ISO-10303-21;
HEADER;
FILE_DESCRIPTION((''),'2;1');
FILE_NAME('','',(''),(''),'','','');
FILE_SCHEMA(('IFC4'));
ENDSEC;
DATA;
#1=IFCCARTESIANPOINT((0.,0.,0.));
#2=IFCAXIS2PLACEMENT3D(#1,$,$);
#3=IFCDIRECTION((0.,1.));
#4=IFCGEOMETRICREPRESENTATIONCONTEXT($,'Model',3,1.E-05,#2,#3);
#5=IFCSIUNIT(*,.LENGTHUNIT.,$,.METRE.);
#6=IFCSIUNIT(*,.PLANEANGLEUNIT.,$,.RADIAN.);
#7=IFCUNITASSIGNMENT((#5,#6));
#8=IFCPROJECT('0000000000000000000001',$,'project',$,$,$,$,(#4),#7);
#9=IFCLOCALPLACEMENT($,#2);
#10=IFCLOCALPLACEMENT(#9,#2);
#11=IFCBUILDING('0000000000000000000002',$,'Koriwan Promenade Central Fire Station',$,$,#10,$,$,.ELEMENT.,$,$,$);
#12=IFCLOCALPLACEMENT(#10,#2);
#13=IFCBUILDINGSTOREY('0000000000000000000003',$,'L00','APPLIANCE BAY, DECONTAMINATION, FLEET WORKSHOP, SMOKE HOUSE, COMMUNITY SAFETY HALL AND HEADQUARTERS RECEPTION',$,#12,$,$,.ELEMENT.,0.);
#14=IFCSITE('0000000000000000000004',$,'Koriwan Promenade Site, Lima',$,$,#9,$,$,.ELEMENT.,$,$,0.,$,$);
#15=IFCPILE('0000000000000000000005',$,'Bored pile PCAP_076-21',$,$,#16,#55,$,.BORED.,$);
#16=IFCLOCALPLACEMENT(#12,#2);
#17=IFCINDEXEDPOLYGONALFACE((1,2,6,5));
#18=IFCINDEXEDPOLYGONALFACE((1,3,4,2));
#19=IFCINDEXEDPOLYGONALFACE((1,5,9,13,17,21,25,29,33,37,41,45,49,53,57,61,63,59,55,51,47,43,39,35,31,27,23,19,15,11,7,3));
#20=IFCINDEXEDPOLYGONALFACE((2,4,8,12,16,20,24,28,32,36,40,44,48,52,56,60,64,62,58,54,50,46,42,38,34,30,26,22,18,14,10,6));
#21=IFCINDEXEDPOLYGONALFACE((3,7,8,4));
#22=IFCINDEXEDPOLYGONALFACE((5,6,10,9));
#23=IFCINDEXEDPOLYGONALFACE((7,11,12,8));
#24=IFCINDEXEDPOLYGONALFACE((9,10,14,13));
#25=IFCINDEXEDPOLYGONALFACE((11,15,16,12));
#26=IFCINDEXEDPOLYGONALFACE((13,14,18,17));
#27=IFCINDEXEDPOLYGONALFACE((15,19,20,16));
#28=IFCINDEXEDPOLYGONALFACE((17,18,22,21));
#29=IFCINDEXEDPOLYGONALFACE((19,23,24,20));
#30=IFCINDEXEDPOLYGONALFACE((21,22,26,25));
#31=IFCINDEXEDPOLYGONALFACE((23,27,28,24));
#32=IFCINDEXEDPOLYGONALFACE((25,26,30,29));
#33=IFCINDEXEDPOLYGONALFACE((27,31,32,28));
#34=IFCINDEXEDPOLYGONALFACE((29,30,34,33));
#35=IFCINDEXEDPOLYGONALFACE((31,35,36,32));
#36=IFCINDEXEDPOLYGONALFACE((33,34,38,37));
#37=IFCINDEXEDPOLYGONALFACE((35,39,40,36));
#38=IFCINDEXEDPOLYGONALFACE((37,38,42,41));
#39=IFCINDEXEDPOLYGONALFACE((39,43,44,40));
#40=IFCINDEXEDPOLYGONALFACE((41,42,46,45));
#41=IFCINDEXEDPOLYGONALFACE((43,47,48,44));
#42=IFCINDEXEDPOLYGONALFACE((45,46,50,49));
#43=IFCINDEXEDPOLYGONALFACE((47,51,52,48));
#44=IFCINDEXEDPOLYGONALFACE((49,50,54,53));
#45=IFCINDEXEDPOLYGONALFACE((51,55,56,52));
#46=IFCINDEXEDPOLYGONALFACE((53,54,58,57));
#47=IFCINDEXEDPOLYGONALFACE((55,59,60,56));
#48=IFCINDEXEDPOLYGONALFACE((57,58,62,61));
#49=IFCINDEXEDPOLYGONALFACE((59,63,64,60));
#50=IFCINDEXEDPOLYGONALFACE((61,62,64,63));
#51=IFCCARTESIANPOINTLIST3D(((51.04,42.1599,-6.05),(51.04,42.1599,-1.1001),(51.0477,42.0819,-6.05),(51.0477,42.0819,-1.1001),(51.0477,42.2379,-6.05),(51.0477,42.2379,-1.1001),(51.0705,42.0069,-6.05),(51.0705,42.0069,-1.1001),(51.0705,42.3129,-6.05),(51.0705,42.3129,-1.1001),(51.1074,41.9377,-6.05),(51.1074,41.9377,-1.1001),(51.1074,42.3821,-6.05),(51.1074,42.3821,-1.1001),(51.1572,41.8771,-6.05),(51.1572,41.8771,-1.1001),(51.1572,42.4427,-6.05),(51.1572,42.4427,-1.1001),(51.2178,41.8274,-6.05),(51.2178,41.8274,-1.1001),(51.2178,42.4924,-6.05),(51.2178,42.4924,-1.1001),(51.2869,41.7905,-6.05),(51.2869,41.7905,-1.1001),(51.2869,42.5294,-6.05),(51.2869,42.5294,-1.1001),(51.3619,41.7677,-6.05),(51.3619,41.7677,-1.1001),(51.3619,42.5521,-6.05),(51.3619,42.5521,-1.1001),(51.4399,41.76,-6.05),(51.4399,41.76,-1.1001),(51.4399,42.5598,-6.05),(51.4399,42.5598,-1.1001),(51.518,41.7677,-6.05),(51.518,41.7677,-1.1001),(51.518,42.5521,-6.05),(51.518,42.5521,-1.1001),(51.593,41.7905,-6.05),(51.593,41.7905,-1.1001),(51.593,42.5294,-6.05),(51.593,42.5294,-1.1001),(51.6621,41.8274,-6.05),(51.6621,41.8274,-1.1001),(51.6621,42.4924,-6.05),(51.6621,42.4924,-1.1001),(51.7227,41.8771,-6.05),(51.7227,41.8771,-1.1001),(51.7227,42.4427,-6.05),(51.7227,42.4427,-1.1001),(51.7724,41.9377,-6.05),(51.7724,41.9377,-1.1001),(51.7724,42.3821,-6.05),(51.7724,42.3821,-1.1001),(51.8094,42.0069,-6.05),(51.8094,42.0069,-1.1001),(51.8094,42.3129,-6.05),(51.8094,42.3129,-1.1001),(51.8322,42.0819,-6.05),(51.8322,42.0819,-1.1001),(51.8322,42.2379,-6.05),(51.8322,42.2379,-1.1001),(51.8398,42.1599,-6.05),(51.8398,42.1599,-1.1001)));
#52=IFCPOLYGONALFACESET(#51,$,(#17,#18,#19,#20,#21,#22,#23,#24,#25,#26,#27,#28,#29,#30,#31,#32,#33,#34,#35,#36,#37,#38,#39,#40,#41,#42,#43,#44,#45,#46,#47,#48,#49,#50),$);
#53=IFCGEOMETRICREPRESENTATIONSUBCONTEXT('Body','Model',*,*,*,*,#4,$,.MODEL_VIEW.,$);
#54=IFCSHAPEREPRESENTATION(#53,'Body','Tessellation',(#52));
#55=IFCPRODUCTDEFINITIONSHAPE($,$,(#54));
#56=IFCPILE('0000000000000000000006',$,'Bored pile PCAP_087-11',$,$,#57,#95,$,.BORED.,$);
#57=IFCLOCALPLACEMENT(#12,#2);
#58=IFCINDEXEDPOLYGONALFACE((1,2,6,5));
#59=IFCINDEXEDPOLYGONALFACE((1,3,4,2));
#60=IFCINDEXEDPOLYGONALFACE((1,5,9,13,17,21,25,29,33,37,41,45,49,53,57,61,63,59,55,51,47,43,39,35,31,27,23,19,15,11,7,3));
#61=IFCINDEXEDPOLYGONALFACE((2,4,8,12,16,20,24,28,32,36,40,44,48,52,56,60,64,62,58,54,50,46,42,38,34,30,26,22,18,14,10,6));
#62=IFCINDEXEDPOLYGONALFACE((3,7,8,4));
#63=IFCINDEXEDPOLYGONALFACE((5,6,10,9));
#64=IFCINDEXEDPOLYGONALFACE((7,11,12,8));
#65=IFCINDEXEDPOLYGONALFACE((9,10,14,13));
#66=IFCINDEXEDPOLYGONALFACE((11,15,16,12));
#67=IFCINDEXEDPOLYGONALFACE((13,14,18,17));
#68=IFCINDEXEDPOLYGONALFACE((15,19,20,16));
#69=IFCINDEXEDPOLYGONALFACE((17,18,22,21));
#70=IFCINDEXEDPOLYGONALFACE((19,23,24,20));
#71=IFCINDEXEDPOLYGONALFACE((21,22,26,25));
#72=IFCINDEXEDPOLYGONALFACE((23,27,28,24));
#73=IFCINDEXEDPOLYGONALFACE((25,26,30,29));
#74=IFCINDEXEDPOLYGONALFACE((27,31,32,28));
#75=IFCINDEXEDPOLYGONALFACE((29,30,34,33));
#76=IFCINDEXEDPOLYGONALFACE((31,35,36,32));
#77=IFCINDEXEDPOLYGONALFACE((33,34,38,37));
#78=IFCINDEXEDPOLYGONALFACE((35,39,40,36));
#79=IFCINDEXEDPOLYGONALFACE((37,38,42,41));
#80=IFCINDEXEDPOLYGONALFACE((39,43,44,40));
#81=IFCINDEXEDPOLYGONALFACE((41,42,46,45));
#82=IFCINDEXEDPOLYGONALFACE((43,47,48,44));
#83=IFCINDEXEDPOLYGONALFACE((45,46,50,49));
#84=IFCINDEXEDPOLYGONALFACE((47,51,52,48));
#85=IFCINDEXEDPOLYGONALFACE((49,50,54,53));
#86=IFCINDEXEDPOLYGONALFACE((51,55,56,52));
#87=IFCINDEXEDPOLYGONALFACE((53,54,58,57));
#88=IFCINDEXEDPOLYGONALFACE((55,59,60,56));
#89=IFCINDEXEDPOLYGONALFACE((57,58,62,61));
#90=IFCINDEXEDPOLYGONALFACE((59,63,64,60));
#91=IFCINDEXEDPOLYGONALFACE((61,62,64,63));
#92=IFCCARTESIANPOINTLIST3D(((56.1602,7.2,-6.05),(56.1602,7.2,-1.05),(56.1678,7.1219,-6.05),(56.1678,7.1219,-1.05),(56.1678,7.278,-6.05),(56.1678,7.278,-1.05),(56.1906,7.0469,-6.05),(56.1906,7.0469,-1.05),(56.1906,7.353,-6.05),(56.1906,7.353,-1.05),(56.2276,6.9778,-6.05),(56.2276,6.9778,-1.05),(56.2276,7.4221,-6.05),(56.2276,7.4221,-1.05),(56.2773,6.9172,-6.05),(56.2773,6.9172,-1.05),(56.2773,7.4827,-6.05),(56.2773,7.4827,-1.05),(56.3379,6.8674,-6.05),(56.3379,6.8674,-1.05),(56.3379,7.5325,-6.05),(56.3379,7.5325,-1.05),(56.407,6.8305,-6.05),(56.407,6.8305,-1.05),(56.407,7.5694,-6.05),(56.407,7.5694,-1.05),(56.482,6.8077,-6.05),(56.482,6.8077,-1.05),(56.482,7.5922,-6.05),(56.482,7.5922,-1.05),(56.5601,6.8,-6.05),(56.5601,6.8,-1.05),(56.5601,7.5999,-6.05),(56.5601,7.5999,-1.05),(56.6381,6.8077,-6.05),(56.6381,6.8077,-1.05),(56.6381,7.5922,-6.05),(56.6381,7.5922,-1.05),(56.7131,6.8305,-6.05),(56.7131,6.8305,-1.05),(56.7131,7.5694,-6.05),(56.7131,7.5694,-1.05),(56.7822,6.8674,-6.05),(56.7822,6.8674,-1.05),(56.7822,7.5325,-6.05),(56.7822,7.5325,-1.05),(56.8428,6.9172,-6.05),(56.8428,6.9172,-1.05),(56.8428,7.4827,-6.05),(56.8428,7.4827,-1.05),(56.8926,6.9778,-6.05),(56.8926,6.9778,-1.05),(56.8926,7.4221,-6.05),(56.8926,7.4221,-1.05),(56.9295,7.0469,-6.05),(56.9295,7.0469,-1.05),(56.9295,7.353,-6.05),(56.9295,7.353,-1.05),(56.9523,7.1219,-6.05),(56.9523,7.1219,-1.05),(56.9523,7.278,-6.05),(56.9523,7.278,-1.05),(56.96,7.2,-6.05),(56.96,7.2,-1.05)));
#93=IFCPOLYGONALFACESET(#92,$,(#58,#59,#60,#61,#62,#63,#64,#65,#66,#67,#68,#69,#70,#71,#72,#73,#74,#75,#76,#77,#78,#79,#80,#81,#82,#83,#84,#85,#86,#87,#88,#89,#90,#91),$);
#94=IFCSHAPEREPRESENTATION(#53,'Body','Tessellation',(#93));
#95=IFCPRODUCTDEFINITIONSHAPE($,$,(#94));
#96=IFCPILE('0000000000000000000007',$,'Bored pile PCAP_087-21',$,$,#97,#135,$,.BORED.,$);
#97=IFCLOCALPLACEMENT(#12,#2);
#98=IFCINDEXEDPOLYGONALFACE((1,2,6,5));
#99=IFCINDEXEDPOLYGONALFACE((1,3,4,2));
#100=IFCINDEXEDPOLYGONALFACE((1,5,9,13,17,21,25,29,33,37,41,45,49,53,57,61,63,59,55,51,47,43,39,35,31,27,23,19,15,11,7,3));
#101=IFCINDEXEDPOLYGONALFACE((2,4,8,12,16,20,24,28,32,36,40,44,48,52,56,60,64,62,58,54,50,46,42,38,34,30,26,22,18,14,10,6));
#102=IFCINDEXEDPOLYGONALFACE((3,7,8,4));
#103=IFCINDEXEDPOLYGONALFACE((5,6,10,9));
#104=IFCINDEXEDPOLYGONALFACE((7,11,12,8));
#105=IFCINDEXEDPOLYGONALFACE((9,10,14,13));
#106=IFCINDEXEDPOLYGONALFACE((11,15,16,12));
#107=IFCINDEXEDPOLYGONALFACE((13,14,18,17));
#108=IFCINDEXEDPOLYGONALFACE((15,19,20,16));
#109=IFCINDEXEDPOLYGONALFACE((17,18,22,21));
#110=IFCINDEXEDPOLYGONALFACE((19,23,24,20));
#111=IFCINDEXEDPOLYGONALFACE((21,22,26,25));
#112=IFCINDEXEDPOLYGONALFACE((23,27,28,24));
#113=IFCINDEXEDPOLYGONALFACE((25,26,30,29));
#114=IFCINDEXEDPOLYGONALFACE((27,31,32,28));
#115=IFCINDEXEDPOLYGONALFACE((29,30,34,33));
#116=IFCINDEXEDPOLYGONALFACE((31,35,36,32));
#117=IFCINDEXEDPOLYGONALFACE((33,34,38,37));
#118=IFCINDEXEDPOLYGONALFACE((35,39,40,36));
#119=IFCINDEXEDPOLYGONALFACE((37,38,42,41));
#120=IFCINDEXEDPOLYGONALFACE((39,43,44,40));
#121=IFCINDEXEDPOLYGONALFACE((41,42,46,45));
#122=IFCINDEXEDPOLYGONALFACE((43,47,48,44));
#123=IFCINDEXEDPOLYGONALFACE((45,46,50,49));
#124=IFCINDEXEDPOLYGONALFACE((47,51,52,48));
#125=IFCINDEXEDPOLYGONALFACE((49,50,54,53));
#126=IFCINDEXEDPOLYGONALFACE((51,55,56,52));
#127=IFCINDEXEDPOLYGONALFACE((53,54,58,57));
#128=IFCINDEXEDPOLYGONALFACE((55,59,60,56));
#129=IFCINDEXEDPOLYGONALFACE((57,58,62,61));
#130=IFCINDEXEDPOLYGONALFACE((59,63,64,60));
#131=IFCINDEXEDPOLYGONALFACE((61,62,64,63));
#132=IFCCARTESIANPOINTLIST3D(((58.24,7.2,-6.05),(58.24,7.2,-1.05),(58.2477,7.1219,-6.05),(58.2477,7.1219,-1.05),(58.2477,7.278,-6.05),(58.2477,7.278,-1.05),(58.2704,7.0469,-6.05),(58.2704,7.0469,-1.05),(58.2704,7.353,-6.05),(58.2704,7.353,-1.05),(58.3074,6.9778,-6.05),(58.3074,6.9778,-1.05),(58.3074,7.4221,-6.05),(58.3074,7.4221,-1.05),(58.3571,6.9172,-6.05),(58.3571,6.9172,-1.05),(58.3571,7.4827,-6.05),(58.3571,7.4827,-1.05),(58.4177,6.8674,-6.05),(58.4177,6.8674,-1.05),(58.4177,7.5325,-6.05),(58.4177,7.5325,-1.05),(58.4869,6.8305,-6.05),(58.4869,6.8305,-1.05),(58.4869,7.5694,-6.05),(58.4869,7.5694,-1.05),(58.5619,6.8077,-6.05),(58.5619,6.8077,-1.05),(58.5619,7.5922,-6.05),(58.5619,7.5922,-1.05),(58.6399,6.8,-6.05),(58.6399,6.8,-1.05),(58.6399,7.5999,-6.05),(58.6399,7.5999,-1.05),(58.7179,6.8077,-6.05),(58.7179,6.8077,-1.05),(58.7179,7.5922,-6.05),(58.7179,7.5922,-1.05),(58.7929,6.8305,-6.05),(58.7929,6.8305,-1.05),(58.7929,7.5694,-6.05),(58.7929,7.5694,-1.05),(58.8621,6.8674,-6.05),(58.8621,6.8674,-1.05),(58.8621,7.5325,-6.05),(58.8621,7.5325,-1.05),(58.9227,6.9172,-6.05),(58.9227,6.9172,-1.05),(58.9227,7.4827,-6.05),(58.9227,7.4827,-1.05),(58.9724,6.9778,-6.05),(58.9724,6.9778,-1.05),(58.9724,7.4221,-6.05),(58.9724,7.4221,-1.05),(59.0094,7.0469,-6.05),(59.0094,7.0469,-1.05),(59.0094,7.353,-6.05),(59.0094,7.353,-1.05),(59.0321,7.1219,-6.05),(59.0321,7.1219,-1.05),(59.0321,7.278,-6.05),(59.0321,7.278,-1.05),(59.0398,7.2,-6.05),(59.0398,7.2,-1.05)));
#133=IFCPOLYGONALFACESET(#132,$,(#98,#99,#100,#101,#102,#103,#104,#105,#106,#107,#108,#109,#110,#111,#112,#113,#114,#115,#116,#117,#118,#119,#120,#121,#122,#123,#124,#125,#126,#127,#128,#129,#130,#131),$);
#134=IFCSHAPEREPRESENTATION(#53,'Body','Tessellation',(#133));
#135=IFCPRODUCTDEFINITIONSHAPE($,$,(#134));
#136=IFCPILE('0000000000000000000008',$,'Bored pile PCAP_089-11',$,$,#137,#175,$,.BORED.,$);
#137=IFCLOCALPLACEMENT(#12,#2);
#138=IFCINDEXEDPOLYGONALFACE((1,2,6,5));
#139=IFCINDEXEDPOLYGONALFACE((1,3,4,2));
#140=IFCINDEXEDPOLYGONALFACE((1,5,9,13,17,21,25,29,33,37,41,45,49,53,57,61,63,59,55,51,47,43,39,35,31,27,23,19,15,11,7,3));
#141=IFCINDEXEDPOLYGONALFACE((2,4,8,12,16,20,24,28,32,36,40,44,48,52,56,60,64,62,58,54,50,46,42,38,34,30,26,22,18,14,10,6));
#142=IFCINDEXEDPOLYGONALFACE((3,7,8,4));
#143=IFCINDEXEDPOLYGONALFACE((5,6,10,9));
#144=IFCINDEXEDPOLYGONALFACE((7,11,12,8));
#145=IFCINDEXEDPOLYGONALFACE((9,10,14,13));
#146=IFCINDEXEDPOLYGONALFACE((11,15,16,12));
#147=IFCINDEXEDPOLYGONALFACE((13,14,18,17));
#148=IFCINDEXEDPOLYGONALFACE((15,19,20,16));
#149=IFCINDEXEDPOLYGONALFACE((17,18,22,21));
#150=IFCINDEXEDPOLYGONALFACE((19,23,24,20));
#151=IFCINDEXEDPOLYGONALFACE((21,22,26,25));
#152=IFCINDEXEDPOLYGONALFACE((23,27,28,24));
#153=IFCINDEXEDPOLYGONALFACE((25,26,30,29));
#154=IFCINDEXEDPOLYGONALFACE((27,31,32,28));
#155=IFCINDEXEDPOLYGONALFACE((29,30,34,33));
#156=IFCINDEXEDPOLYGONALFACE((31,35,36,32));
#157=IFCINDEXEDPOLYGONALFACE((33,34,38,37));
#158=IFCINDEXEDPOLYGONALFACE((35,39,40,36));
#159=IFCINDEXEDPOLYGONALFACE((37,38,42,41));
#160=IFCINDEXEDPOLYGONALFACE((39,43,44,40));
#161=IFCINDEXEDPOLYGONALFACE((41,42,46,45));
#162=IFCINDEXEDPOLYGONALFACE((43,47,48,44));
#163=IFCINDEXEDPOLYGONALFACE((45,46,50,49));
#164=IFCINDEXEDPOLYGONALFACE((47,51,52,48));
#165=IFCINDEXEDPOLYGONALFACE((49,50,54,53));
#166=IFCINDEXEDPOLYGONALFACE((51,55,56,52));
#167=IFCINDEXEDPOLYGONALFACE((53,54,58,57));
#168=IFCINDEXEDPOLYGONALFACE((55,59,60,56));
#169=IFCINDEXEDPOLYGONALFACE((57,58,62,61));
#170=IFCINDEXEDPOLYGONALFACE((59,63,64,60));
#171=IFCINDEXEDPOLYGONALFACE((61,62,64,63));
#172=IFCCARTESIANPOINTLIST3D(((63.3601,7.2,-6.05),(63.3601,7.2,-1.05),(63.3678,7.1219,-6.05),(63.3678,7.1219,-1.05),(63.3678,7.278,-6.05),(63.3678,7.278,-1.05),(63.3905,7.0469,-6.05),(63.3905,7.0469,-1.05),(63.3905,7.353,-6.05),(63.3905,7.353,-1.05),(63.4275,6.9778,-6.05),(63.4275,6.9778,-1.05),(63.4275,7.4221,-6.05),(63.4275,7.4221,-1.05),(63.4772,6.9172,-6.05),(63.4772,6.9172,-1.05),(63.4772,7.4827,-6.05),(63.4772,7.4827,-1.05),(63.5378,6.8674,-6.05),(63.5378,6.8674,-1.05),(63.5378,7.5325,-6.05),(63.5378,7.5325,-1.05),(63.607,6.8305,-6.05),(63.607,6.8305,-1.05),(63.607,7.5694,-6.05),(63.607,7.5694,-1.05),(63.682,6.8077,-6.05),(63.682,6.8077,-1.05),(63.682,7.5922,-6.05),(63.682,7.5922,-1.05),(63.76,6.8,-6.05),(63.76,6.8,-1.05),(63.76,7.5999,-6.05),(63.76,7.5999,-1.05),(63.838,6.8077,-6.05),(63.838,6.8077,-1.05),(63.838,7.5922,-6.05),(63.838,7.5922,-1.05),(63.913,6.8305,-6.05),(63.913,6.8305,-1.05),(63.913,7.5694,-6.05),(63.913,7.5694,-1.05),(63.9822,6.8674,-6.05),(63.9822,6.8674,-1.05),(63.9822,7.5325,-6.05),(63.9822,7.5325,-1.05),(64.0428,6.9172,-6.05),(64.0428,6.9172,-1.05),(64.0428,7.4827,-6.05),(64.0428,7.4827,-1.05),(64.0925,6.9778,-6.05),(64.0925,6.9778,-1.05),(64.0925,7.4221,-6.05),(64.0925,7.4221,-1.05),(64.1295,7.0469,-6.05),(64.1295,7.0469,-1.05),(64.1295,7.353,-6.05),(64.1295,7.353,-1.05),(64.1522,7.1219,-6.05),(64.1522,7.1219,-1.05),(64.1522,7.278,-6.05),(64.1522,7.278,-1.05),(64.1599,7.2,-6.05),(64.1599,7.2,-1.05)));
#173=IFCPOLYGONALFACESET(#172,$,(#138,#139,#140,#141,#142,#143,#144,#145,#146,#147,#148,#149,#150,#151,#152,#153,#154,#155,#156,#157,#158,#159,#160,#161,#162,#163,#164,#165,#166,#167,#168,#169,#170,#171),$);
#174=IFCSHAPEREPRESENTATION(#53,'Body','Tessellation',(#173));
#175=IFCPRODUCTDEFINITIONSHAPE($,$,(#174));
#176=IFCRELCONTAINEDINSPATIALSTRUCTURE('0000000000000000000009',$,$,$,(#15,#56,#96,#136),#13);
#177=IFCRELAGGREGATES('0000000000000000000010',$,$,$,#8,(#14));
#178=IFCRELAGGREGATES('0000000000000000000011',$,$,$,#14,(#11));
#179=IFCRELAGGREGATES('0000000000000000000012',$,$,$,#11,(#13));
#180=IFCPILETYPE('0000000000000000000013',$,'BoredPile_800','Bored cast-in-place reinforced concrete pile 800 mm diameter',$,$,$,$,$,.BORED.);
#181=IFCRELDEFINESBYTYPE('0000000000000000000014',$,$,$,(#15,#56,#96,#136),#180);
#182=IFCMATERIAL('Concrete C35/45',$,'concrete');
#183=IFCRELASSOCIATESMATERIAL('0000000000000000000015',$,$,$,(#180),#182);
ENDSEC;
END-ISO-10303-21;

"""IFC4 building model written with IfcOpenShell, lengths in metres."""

from ifc_helpers import new_model, si_unit, direction, frame, origin, origin_2d, place, context, subcontext, project, spatial, circle, extrude, material, material_profile, profile_set, type_object, element, save


model = new_model("IFC4")

# Units and contexts
model_context = context("Model", 3, precision=1e-05, world=origin(), true_north=direction((0.0, 1.0)))
body_context = subcontext(model_context, "Body", "Model", "MODEL_VIEW")
ifc_project = project(units=[si_unit("LENGTHUNIT", "METRE"), si_unit("PLANEANGLEUNIT", "RADIAN")], contexts=[model_context])

# Site, building, storey
site_placement = place(None, origin())
site = spatial("IfcSite", under=ifc_project, at=site_placement, Name="Koriwan Promenade Site, Lima", CompositionType="ELEMENT", RefElevation=0.0)
building_placement = place(site_placement, origin())
building = spatial("IfcBuilding", under=site, at=building_placement, Name="Koriwan Promenade Central Fire Station", CompositionType="ELEMENT")
storey_placement = place(building_placement, origin())
storey = spatial("IfcBuildingStorey", under=building, at=storey_placement, Name="L00", Description="APPLIANCE BAY, DECONTAMINATION, FLEET WORKSHOP, SMOKE HOUSE, COMMUNITY SAFETY HALL AND HEADQUARTERS RECEPTION", CompositionType="ELEMENT", Elevation=0.0)

# Piles
ifc_material_1 = material(Name="Concrete C35/45", Category="concrete")
ifc_material_profile_1 = material_profile(ifc_material_1, circle(Radius=0.3999, at=origin_2d()), Name="PILE-D800")
ifc_profile_set_1 = profile_set([ifc_material_profile_1], Name="Concrete C35/45")
pile_type_1 = type_object("IfcPileType", Name="BoredPile_800", Description="Bored cast-in-place reinforced concrete pile 800 mm diameter", PredefinedType="BORED", material=ifc_profile_set_1)
for number, where, z_axis, x_axis, name in (
    (1, (51.4399, 42.1599, -1.1001), (0.0, 0.0, -1.0), (1.0, 0.0, 0.0), "Bored pile PCAP_076-21"),
):
    element("IfcPile", number, at=place(storey_placement, frame(where, z_axis=z_axis, x_axis=x_axis)), inside=storey, type_object=pile_type_1, Name=name, PredefinedType="BORED", context=body_context, shape_type="SweptSolid", body=[
        extrude(circle(Radius=0.3999, at=origin_2d()), origin(), (0.0, 0.0, 1.0), 4.95),
    ])
for number, where, z_axis, x_axis, name in (
    (2, (56.5601, 7.2, -1.05), (0.0, 0.0, -1.0), (1.0, 0.0, 0.0), "Bored pile PCAP_087-11"),
    (3, (58.6399, 7.2, -1.05), (0.0, 0.0, -1.0), (1.0, 0.0, 0.0), "Bored pile PCAP_087-21"),
    (4, (63.76, 7.2, -1.05), (0.0, 0.0, -1.0), (1.0, 0.0, 0.0), "Bored pile PCAP_089-11"),
):
    element("IfcPile", number, at=place(storey_placement, frame(where, z_axis=z_axis, x_axis=x_axis)), inside=storey, type_object=pile_type_1, Name=name, PredefinedType="BORED", context=body_context, shape_type="SweptSolid", body=[
        extrude(circle(Radius=0.3999, at=origin_2d()), origin(), (0.0, 0.0, 1.0), 5.0),
    ])

save(model, "model.ifc")
